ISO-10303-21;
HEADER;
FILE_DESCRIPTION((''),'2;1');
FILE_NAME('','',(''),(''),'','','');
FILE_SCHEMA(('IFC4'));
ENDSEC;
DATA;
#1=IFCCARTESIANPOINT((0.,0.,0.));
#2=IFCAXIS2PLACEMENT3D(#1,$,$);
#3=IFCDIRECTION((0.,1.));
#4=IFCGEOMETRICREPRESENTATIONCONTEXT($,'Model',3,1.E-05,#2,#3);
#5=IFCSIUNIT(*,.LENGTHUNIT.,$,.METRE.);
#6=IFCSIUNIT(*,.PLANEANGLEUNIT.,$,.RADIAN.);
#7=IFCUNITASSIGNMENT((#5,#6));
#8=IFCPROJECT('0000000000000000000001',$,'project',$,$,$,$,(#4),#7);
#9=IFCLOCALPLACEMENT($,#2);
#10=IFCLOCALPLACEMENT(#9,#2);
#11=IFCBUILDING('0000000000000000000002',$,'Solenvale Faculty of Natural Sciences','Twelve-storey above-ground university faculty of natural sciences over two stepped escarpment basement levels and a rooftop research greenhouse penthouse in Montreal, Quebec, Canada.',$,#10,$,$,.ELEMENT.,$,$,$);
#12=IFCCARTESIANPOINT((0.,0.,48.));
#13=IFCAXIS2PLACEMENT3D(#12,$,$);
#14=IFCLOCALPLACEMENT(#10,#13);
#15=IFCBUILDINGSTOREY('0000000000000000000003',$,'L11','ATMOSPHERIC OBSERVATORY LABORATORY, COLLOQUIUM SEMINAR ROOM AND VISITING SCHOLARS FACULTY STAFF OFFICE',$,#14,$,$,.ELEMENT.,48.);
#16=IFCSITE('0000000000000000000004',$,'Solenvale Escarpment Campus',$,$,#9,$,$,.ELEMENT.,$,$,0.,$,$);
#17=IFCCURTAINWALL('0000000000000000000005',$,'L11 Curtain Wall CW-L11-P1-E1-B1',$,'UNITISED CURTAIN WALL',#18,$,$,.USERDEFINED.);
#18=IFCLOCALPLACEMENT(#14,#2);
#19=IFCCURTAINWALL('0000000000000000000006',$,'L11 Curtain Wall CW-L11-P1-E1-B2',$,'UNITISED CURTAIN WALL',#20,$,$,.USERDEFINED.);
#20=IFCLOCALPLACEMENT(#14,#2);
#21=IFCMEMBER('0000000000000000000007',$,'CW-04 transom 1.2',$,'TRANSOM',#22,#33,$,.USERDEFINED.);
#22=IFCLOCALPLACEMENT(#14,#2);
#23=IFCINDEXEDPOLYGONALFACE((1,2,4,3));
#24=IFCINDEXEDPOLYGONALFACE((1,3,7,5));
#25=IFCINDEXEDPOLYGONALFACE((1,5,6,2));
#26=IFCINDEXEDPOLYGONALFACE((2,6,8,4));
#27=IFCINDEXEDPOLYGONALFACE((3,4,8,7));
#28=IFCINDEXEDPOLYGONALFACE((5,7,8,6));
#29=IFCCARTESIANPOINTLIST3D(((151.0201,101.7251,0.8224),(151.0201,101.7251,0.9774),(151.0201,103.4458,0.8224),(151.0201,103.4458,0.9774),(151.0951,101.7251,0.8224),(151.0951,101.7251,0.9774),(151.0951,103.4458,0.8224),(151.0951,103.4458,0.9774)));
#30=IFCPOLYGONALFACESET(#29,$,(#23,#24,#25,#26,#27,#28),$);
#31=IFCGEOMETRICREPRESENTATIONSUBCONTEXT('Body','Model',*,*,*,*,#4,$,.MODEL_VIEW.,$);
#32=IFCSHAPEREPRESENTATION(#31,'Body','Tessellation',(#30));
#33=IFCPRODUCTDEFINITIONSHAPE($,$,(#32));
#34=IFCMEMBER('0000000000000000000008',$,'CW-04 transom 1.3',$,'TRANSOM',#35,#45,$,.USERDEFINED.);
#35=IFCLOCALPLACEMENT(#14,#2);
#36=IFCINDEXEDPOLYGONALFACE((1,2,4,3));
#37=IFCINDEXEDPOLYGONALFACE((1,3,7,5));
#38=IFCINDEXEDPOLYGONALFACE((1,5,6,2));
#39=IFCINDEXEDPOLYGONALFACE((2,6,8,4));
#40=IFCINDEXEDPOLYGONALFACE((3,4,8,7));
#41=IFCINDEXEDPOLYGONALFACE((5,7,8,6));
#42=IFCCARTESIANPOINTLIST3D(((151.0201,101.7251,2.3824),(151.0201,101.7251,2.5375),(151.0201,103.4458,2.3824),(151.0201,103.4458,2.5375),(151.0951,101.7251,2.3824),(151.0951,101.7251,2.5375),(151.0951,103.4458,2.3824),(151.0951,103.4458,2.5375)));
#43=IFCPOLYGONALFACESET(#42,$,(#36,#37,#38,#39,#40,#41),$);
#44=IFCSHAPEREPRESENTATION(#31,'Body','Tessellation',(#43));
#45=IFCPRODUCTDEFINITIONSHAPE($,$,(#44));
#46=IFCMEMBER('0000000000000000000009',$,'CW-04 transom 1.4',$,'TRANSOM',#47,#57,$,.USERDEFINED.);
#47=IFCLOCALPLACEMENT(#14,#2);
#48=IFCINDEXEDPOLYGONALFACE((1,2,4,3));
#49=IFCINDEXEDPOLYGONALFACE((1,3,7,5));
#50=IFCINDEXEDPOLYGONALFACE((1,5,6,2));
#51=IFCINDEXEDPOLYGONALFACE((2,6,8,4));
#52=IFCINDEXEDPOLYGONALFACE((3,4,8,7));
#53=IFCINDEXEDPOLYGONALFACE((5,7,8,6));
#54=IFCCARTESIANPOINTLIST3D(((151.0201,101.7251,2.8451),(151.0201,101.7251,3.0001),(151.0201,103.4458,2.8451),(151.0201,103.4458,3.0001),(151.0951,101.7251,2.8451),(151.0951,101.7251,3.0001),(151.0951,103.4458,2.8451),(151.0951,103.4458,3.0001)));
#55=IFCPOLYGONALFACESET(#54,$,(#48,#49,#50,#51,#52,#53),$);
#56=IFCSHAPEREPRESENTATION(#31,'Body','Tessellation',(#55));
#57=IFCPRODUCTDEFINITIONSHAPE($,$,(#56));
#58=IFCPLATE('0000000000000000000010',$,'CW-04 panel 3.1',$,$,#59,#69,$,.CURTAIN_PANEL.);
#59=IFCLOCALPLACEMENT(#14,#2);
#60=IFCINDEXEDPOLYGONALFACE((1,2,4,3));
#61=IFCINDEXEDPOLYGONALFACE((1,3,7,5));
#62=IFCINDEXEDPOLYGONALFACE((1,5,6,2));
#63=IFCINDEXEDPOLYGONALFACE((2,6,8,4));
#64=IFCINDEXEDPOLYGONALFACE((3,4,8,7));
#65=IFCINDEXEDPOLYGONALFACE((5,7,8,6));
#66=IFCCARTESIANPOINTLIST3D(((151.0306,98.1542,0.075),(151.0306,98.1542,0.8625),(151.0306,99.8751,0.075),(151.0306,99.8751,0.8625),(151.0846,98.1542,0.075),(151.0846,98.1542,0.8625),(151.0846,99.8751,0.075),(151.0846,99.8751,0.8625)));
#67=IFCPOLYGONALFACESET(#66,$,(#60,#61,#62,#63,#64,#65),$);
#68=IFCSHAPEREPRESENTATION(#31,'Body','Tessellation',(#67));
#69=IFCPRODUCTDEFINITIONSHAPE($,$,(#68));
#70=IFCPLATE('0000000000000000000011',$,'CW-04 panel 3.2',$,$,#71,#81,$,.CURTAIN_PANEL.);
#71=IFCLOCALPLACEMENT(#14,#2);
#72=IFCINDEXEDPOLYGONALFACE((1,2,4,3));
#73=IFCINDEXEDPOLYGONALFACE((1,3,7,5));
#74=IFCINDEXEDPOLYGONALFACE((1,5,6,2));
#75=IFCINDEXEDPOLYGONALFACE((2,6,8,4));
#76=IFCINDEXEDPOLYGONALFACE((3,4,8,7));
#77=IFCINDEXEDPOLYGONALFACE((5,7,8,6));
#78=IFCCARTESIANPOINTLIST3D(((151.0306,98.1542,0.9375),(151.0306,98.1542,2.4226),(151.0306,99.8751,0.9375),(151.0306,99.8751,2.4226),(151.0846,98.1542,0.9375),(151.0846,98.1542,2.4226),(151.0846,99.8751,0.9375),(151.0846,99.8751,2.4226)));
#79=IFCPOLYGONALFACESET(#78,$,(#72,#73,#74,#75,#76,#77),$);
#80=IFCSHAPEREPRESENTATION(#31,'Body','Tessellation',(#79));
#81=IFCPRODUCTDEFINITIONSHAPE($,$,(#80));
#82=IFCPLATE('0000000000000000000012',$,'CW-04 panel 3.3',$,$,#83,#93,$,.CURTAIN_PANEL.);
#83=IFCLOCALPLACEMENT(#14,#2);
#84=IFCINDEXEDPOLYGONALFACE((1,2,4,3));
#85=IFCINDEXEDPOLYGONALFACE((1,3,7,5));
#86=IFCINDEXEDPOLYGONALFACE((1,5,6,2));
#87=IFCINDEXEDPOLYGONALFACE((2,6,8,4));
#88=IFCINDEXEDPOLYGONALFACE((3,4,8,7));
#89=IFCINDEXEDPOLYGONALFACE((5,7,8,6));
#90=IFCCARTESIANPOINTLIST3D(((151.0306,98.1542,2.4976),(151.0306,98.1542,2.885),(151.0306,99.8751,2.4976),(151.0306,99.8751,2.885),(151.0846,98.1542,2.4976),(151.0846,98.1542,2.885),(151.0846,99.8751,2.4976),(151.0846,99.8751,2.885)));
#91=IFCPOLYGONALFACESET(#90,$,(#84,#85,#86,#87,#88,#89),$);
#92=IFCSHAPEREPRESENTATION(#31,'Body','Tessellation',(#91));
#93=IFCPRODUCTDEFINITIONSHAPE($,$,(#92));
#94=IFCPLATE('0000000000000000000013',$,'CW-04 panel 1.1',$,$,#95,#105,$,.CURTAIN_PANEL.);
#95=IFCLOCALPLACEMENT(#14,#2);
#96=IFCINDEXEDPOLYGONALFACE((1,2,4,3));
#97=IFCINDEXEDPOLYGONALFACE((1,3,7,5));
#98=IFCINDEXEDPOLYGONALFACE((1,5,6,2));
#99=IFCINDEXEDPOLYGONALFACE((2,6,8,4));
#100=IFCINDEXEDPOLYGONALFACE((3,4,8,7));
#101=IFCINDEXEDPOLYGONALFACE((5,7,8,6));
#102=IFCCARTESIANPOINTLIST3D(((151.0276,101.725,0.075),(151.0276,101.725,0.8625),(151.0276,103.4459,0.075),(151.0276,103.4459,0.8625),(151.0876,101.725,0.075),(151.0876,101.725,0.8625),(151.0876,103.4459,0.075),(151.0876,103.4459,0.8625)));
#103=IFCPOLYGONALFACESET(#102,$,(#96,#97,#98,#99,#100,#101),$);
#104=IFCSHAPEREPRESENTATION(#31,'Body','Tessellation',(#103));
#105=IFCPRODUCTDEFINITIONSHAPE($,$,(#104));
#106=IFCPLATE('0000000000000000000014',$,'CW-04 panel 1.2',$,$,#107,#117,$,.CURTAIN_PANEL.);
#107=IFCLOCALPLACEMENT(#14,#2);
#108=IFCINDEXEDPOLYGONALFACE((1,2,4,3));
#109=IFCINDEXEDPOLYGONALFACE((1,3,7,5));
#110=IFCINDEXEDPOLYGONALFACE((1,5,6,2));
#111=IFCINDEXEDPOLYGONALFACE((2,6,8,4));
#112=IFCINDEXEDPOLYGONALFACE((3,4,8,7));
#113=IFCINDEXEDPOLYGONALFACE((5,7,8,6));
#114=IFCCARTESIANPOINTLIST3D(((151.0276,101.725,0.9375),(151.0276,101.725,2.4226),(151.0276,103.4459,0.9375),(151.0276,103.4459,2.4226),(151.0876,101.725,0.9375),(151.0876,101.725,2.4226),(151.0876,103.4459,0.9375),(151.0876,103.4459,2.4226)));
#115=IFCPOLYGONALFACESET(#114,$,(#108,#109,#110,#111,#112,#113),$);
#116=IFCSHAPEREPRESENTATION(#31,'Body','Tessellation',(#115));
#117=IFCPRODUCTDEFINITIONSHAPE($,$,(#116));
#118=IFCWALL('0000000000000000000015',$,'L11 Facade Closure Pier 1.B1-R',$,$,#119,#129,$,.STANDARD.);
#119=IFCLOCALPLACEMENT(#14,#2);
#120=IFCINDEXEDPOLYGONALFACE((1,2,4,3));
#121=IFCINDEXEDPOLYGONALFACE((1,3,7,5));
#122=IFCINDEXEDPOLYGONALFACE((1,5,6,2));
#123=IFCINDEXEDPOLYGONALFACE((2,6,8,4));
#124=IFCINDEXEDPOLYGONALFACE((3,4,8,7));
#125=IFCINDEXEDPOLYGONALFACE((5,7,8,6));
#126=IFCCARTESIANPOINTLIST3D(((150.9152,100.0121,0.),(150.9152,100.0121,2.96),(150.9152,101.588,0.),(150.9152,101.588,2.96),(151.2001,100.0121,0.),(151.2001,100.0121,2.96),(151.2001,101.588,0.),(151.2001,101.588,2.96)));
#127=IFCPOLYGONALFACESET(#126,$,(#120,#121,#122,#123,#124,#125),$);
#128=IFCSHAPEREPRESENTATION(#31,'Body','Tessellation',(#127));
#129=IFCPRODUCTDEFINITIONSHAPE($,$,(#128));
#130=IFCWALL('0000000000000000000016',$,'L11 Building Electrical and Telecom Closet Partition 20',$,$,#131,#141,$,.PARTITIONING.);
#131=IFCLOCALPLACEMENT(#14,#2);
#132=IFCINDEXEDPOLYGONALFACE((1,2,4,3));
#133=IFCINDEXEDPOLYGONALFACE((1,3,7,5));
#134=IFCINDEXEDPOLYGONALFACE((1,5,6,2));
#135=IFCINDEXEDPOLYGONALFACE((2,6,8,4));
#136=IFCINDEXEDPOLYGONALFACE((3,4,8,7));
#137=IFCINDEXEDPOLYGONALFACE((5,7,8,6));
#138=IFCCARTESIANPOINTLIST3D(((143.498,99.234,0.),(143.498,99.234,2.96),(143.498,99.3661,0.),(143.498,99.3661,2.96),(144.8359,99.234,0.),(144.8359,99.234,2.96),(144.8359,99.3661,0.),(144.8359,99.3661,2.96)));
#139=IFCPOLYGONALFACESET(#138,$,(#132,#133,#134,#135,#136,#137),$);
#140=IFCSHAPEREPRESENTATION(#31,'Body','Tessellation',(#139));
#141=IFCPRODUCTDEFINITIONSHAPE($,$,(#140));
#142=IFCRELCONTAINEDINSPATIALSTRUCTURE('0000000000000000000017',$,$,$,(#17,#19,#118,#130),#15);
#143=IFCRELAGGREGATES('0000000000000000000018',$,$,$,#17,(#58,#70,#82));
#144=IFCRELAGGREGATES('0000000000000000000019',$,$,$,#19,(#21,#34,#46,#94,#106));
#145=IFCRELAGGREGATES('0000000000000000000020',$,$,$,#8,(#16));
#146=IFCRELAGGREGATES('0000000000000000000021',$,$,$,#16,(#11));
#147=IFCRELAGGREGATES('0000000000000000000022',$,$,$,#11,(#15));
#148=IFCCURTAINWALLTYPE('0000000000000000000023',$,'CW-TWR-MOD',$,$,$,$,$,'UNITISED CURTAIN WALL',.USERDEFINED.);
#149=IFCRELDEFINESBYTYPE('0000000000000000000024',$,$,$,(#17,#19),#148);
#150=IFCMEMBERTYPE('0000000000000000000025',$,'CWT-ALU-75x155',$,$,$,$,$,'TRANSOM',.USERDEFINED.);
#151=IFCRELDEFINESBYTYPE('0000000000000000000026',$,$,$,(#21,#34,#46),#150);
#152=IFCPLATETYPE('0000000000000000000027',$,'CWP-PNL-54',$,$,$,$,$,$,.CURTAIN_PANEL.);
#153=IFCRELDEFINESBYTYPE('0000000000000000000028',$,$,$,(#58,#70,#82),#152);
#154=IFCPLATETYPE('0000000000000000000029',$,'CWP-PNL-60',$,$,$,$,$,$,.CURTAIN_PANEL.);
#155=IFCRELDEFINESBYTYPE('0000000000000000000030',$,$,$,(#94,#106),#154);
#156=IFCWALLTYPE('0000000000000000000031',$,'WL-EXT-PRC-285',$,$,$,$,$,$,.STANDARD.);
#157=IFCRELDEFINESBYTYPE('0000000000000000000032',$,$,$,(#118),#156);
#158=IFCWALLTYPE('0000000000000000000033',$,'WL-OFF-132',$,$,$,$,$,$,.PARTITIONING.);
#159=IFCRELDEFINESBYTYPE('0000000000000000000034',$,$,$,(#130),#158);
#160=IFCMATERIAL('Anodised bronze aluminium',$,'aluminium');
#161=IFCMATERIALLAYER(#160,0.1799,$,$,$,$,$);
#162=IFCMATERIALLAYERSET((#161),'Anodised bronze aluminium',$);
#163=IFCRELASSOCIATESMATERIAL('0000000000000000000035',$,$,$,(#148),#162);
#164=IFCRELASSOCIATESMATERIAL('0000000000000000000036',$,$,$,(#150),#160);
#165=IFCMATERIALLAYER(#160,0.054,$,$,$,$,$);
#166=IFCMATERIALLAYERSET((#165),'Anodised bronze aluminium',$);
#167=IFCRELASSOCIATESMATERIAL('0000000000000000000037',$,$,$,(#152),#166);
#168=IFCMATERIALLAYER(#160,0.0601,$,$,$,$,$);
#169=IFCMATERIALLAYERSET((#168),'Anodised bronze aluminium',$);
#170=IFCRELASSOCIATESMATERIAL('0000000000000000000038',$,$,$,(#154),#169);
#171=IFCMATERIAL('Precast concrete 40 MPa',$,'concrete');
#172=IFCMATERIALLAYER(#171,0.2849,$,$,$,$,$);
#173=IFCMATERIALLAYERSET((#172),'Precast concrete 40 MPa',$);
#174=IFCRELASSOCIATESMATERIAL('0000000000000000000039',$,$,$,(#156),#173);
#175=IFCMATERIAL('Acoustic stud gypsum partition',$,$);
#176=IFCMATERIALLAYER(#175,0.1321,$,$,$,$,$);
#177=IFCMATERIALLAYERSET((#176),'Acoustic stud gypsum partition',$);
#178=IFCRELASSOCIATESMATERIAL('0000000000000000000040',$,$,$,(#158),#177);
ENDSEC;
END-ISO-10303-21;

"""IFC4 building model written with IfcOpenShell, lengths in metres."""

from ifc_helpers import new_model, si_unit, direction, frame, frame_2d, origin, origin_2d, place, context, subcontext, project, spatial, rectangle, extrude, material, layer, layer_set, material_profile, profile_set, type_object, element, aggregate, save


model = new_model("IFC4")

# Units and contexts
model_context = context("Model", 3, precision=1e-05, world=origin(), true_north=direction((0.0, 1.0)))
body_context = subcontext(model_context, "Body", "Model", "MODEL_VIEW")
ifc_project = project(units=[si_unit("LENGTHUNIT", "METRE"), si_unit("PLANEANGLEUNIT", "RADIAN")], contexts=[model_context])

# Site, building, storey
site_placement = place(None, origin())
site = spatial("IfcSite", under=ifc_project, at=site_placement, Name="Solenvale Escarpment Campus", CompositionType="ELEMENT", RefElevation=0.0)
building_placement = place(site_placement, origin())
building = spatial("IfcBuilding", under=site, at=building_placement, Name="Solenvale Faculty of Natural Sciences", Description="Twelve-storey above-ground university faculty of natural sciences over two stepped escarpment basement levels and a rooftop research greenhouse penthouse in Montreal, Quebec, Canada.", CompositionType="ELEMENT")
storey_placement = place(building_placement, frame((0.0, 0.0, 48.0)))
storey = spatial("IfcBuildingStorey", under=building, at=storey_placement, Name="L11", Description="ATMOSPHERIC OBSERVATORY LABORATORY, COLLOQUIUM SEMINAR ROOM AND VISITING SCHOLARS FACULTY STAFF OFFICE", CompositionType="ELEMENT", Elevation=48.0)

# Curtain walls
ifc_material_1 = material(Name="Anodised bronze aluminium", Category="aluminium")
ifc_layer_1 = layer(ifc_material_1, 0.1799)
ifc_layer_set_1 = layer_set([ifc_layer_1], Name="Anodised bronze aluminium")
curtain_wall_type = type_object("IfcCurtainWallType", Name="CW-TWR-MOD", ElementType="UNITISED CURTAIN WALL", PredefinedType="USERDEFINED", material=ifc_layer_set_1)
curtain_wall_1_placement = place(storey_placement, origin())
curtain_wall_1 = element("IfcCurtainWall", 1, at=curtain_wall_1_placement, inside=storey, type_object=curtain_wall_type, Name="L11 Curtain Wall CW-L11-P1-E1-B1", ObjectType="UNITISED CURTAIN WALL", PredefinedType="USERDEFINED")
curtain_wall_2_placement = place(storey_placement, origin())
curtain_wall_2 = element("IfcCurtainWall", 2, at=curtain_wall_2_placement, inside=storey, type_object=curtain_wall_type, Name="L11 Curtain Wall CW-L11-P1-E1-B2", ObjectType="UNITISED CURTAIN WALL", PredefinedType="USERDEFINED")

# Members
ifc_material_profile_1 = material_profile(ifc_material_1, rectangle(XDim=0.075, YDim=0.155, at=origin_2d()), Name="ALU-TRN-75x155")
ifc_profile_set_1 = profile_set([ifc_material_profile_1], Name="Anodised bronze aluminium")
member_type_1 = type_object("IfcMemberType", Name="CWT-ALU-75x155", ElementType="TRANSOM", PredefinedType="USERDEFINED", material=ifc_profile_set_1)
member_1_placement = place(storey_placement, frame((151.0576, 101.7251, 0.8999), z_axis=(0.0, 1.0, 0.0), x_axis=(-1.0, 0.0, 0.0)))
member_1 = element("IfcMember", 3, at=member_1_placement, type_object=member_type_1, Name="CW-04 transom 1.2", ObjectType="TRANSOM", PredefinedType="USERDEFINED", context=body_context, shape_type="SweptSolid", body=[
    extrude(rectangle(XDim=0.075, YDim=0.155, at=origin_2d()), origin(), (0.0, 0.0, 1.0), 1.7207),
])
member_2_placement = place(storey_placement, frame((151.0576, 101.7251, 2.46), z_axis=(0.0, 1.0, 0.0), x_axis=(-1.0, 0.0, 0.0)))
member_2 = element("IfcMember", 4, at=member_2_placement, type_object=member_type_1, Name="CW-04 transom 1.3", ObjectType="TRANSOM", PredefinedType="USERDEFINED", context=body_context, shape_type="SweptSolid", body=[
    extrude(rectangle(XDim=0.075, YDim=0.155, at=origin_2d()), origin(), (0.0, 0.0, 1.0), 1.7207),
])
member_3_placement = place(storey_placement, frame((151.0576, 101.7251, 2.9226), z_axis=(0.0, 1.0, 0.0), x_axis=(-1.0, 0.0, 0.0)))
member_3 = element("IfcMember", 5, at=member_3_placement, type_object=member_type_1, Name="CW-04 transom 1.4", ObjectType="TRANSOM", PredefinedType="USERDEFINED", context=body_context, shape_type="SweptSolid", body=[
    extrude(rectangle(XDim=0.075, YDim=0.155, at=origin_2d()), origin(), (0.0, 0.0, 1.0), 1.7207),
])

# Plates
ifc_layer_2 = layer(ifc_material_1, 0.054)
ifc_layer_set_2 = layer_set([ifc_layer_2], Name="Anodised bronze aluminium")
plate_type_1 = type_object("IfcPlateType", Name="CWP-PNL-54", PredefinedType="CURTAIN_PANEL", material=ifc_layer_set_2)
plate_1_placement = place(storey_placement, frame((151.0576, 99.0146, 0.075), z_axis=(0.0, 0.0, 1.0), x_axis=(0.0, 1.0, 0.0)))
plate_1 = element("IfcPlate", 6, at=plate_1_placement, type_object=plate_type_1, Name="CW-04 panel 3.1", PredefinedType="CURTAIN_PANEL", context=body_context, shape_type="SweptSolid", body=[
    extrude(rectangle(XDim=1.7209, YDim=0.054, at=origin_2d()), origin(), (0.0, 0.0, 1.0), 0.7876),
])
plate_2_placement = place(storey_placement, frame((151.0576, 99.0146, 0.9375), z_axis=(0.0, 0.0, 1.0), x_axis=(0.0, 1.0, 0.0)))
plate_2 = element("IfcPlate", 7, at=plate_2_placement, type_object=plate_type_1, Name="CW-04 panel 3.2", PredefinedType="CURTAIN_PANEL", context=body_context, shape_type="SweptSolid", body=[
    extrude(rectangle(XDim=1.7209, YDim=0.054, at=origin_2d()), origin(), (0.0, 0.0, 1.0), 1.4851),
])
plate_3_placement = place(storey_placement, frame((151.0576, 99.0146, 2.4976), z_axis=(0.0, 0.0, 1.0), x_axis=(0.0, 1.0, 0.0)))
plate_3 = element("IfcPlate", 8, at=plate_3_placement, type_object=plate_type_1, Name="CW-04 panel 3.3", PredefinedType="CURTAIN_PANEL", context=body_context, shape_type="SweptSolid", body=[
    extrude(rectangle(XDim=1.7209, YDim=0.054, at=origin_2d()), origin(), (0.0, 0.0, 1.0), 0.3875),
])
aggregate(curtain_wall_1, [plate_1, plate_2, plate_3])
ifc_layer_3 = layer(ifc_material_1, 0.0601)
ifc_layer_set_3 = layer_set([ifc_layer_3], Name="Anodised bronze aluminium")
plate_type_2 = type_object("IfcPlateType", Name="CWP-PNL-60", PredefinedType="CURTAIN_PANEL", material=ifc_layer_set_3)
plate_4_placement = place(storey_placement, frame((151.0576, 102.5854, 0.075), z_axis=(0.0, 0.0, 1.0), x_axis=(0.0, 1.0, 0.0)))
plate_4 = element("IfcPlate", 9, at=plate_4_placement, type_object=plate_type_2, Name="CW-04 panel 1.1", PredefinedType="CURTAIN_PANEL", context=body_context, shape_type="SweptSolid", body=[
    extrude(rectangle(XDim=1.7209, YDim=0.0601, at=origin_2d()), origin(), (0.0, 0.0, 1.0), 0.7876),
])
plate_5_placement = place(storey_placement, frame((151.0576, 102.5854, 0.9375), z_axis=(0.0, 0.0, 1.0), x_axis=(0.0, 1.0, 0.0)))
plate_5 = element("IfcPlate", 10, at=plate_5_placement, type_object=plate_type_2, Name="CW-04 panel 1.2", PredefinedType="CURTAIN_PANEL", context=body_context, shape_type="SweptSolid", body=[
    extrude(rectangle(XDim=1.7209, YDim=0.0601, at=origin_2d()), origin(), (0.0, 0.0, 1.0), 1.4851),
])
aggregate(curtain_wall_2, [member_1, member_2, member_3, plate_4, plate_5])

# Walls
ifc_material_2 = material(Name="Precast concrete 40 MPa", Category="concrete")
ifc_layer_4 = layer(ifc_material_2, 0.2849)
ifc_layer_set_4 = layer_set([ifc_layer_4], Name="Precast concrete 40 MPa")
wall_type_1 = type_object("IfcWallType", Name="WL-EXT-PRC-285", PredefinedType="STANDARD", material=ifc_layer_set_4)
wall_1_placement = place(storey_placement, frame((151.0576, 100.012, 0.0), z_axis=(0.0, 0.0, 1.0), x_axis=(0.0, 1.0, 0.0)))
element("IfcWall", 11, at=wall_1_placement, inside=storey, type_object=wall_type_1, Name="L11 Facade Closure Pier 1.B1-R", PredefinedType="STANDARD", context=body_context, shape_type="SweptSolid", body=[
    extrude(rectangle(XDim=1.5759, YDim=0.2849, at=frame_2d((0.7881, 0.0))), origin(), (0.0, 0.0, 1.0), 2.96),
])
ifc_material_3 = material(Name="Acoustic stud gypsum partition")
ifc_layer_5 = layer(ifc_material_3, 0.1321)
ifc_layer_set_5 = layer_set([ifc_layer_5], Name="Acoustic stud gypsum partition")
wall_type_2 = type_object("IfcWallType", Name="WL-OFF-132", PredefinedType="PARTITIONING", material=ifc_layer_set_5)
wall_2_placement = place(storey_placement, frame((144.8359, 99.3, 0.0), z_axis=(0.0, 0.0, 1.0), x_axis=(-1.0, 0.0, 0.0)))
element("IfcWall", 12, at=wall_2_placement, inside=storey, type_object=wall_type_2, Name="L11 Building Electrical and Telecom Closet Partition 20", PredefinedType="PARTITIONING", context=body_context, shape_type="SweptSolid", body=[
    extrude(rectangle(XDim=1.3379, YDim=0.1321, at=frame_2d((0.6689, 0.0))), origin(), (0.0, 0.0, 1.0), 2.96),
])

save(model, "model.ifc")
